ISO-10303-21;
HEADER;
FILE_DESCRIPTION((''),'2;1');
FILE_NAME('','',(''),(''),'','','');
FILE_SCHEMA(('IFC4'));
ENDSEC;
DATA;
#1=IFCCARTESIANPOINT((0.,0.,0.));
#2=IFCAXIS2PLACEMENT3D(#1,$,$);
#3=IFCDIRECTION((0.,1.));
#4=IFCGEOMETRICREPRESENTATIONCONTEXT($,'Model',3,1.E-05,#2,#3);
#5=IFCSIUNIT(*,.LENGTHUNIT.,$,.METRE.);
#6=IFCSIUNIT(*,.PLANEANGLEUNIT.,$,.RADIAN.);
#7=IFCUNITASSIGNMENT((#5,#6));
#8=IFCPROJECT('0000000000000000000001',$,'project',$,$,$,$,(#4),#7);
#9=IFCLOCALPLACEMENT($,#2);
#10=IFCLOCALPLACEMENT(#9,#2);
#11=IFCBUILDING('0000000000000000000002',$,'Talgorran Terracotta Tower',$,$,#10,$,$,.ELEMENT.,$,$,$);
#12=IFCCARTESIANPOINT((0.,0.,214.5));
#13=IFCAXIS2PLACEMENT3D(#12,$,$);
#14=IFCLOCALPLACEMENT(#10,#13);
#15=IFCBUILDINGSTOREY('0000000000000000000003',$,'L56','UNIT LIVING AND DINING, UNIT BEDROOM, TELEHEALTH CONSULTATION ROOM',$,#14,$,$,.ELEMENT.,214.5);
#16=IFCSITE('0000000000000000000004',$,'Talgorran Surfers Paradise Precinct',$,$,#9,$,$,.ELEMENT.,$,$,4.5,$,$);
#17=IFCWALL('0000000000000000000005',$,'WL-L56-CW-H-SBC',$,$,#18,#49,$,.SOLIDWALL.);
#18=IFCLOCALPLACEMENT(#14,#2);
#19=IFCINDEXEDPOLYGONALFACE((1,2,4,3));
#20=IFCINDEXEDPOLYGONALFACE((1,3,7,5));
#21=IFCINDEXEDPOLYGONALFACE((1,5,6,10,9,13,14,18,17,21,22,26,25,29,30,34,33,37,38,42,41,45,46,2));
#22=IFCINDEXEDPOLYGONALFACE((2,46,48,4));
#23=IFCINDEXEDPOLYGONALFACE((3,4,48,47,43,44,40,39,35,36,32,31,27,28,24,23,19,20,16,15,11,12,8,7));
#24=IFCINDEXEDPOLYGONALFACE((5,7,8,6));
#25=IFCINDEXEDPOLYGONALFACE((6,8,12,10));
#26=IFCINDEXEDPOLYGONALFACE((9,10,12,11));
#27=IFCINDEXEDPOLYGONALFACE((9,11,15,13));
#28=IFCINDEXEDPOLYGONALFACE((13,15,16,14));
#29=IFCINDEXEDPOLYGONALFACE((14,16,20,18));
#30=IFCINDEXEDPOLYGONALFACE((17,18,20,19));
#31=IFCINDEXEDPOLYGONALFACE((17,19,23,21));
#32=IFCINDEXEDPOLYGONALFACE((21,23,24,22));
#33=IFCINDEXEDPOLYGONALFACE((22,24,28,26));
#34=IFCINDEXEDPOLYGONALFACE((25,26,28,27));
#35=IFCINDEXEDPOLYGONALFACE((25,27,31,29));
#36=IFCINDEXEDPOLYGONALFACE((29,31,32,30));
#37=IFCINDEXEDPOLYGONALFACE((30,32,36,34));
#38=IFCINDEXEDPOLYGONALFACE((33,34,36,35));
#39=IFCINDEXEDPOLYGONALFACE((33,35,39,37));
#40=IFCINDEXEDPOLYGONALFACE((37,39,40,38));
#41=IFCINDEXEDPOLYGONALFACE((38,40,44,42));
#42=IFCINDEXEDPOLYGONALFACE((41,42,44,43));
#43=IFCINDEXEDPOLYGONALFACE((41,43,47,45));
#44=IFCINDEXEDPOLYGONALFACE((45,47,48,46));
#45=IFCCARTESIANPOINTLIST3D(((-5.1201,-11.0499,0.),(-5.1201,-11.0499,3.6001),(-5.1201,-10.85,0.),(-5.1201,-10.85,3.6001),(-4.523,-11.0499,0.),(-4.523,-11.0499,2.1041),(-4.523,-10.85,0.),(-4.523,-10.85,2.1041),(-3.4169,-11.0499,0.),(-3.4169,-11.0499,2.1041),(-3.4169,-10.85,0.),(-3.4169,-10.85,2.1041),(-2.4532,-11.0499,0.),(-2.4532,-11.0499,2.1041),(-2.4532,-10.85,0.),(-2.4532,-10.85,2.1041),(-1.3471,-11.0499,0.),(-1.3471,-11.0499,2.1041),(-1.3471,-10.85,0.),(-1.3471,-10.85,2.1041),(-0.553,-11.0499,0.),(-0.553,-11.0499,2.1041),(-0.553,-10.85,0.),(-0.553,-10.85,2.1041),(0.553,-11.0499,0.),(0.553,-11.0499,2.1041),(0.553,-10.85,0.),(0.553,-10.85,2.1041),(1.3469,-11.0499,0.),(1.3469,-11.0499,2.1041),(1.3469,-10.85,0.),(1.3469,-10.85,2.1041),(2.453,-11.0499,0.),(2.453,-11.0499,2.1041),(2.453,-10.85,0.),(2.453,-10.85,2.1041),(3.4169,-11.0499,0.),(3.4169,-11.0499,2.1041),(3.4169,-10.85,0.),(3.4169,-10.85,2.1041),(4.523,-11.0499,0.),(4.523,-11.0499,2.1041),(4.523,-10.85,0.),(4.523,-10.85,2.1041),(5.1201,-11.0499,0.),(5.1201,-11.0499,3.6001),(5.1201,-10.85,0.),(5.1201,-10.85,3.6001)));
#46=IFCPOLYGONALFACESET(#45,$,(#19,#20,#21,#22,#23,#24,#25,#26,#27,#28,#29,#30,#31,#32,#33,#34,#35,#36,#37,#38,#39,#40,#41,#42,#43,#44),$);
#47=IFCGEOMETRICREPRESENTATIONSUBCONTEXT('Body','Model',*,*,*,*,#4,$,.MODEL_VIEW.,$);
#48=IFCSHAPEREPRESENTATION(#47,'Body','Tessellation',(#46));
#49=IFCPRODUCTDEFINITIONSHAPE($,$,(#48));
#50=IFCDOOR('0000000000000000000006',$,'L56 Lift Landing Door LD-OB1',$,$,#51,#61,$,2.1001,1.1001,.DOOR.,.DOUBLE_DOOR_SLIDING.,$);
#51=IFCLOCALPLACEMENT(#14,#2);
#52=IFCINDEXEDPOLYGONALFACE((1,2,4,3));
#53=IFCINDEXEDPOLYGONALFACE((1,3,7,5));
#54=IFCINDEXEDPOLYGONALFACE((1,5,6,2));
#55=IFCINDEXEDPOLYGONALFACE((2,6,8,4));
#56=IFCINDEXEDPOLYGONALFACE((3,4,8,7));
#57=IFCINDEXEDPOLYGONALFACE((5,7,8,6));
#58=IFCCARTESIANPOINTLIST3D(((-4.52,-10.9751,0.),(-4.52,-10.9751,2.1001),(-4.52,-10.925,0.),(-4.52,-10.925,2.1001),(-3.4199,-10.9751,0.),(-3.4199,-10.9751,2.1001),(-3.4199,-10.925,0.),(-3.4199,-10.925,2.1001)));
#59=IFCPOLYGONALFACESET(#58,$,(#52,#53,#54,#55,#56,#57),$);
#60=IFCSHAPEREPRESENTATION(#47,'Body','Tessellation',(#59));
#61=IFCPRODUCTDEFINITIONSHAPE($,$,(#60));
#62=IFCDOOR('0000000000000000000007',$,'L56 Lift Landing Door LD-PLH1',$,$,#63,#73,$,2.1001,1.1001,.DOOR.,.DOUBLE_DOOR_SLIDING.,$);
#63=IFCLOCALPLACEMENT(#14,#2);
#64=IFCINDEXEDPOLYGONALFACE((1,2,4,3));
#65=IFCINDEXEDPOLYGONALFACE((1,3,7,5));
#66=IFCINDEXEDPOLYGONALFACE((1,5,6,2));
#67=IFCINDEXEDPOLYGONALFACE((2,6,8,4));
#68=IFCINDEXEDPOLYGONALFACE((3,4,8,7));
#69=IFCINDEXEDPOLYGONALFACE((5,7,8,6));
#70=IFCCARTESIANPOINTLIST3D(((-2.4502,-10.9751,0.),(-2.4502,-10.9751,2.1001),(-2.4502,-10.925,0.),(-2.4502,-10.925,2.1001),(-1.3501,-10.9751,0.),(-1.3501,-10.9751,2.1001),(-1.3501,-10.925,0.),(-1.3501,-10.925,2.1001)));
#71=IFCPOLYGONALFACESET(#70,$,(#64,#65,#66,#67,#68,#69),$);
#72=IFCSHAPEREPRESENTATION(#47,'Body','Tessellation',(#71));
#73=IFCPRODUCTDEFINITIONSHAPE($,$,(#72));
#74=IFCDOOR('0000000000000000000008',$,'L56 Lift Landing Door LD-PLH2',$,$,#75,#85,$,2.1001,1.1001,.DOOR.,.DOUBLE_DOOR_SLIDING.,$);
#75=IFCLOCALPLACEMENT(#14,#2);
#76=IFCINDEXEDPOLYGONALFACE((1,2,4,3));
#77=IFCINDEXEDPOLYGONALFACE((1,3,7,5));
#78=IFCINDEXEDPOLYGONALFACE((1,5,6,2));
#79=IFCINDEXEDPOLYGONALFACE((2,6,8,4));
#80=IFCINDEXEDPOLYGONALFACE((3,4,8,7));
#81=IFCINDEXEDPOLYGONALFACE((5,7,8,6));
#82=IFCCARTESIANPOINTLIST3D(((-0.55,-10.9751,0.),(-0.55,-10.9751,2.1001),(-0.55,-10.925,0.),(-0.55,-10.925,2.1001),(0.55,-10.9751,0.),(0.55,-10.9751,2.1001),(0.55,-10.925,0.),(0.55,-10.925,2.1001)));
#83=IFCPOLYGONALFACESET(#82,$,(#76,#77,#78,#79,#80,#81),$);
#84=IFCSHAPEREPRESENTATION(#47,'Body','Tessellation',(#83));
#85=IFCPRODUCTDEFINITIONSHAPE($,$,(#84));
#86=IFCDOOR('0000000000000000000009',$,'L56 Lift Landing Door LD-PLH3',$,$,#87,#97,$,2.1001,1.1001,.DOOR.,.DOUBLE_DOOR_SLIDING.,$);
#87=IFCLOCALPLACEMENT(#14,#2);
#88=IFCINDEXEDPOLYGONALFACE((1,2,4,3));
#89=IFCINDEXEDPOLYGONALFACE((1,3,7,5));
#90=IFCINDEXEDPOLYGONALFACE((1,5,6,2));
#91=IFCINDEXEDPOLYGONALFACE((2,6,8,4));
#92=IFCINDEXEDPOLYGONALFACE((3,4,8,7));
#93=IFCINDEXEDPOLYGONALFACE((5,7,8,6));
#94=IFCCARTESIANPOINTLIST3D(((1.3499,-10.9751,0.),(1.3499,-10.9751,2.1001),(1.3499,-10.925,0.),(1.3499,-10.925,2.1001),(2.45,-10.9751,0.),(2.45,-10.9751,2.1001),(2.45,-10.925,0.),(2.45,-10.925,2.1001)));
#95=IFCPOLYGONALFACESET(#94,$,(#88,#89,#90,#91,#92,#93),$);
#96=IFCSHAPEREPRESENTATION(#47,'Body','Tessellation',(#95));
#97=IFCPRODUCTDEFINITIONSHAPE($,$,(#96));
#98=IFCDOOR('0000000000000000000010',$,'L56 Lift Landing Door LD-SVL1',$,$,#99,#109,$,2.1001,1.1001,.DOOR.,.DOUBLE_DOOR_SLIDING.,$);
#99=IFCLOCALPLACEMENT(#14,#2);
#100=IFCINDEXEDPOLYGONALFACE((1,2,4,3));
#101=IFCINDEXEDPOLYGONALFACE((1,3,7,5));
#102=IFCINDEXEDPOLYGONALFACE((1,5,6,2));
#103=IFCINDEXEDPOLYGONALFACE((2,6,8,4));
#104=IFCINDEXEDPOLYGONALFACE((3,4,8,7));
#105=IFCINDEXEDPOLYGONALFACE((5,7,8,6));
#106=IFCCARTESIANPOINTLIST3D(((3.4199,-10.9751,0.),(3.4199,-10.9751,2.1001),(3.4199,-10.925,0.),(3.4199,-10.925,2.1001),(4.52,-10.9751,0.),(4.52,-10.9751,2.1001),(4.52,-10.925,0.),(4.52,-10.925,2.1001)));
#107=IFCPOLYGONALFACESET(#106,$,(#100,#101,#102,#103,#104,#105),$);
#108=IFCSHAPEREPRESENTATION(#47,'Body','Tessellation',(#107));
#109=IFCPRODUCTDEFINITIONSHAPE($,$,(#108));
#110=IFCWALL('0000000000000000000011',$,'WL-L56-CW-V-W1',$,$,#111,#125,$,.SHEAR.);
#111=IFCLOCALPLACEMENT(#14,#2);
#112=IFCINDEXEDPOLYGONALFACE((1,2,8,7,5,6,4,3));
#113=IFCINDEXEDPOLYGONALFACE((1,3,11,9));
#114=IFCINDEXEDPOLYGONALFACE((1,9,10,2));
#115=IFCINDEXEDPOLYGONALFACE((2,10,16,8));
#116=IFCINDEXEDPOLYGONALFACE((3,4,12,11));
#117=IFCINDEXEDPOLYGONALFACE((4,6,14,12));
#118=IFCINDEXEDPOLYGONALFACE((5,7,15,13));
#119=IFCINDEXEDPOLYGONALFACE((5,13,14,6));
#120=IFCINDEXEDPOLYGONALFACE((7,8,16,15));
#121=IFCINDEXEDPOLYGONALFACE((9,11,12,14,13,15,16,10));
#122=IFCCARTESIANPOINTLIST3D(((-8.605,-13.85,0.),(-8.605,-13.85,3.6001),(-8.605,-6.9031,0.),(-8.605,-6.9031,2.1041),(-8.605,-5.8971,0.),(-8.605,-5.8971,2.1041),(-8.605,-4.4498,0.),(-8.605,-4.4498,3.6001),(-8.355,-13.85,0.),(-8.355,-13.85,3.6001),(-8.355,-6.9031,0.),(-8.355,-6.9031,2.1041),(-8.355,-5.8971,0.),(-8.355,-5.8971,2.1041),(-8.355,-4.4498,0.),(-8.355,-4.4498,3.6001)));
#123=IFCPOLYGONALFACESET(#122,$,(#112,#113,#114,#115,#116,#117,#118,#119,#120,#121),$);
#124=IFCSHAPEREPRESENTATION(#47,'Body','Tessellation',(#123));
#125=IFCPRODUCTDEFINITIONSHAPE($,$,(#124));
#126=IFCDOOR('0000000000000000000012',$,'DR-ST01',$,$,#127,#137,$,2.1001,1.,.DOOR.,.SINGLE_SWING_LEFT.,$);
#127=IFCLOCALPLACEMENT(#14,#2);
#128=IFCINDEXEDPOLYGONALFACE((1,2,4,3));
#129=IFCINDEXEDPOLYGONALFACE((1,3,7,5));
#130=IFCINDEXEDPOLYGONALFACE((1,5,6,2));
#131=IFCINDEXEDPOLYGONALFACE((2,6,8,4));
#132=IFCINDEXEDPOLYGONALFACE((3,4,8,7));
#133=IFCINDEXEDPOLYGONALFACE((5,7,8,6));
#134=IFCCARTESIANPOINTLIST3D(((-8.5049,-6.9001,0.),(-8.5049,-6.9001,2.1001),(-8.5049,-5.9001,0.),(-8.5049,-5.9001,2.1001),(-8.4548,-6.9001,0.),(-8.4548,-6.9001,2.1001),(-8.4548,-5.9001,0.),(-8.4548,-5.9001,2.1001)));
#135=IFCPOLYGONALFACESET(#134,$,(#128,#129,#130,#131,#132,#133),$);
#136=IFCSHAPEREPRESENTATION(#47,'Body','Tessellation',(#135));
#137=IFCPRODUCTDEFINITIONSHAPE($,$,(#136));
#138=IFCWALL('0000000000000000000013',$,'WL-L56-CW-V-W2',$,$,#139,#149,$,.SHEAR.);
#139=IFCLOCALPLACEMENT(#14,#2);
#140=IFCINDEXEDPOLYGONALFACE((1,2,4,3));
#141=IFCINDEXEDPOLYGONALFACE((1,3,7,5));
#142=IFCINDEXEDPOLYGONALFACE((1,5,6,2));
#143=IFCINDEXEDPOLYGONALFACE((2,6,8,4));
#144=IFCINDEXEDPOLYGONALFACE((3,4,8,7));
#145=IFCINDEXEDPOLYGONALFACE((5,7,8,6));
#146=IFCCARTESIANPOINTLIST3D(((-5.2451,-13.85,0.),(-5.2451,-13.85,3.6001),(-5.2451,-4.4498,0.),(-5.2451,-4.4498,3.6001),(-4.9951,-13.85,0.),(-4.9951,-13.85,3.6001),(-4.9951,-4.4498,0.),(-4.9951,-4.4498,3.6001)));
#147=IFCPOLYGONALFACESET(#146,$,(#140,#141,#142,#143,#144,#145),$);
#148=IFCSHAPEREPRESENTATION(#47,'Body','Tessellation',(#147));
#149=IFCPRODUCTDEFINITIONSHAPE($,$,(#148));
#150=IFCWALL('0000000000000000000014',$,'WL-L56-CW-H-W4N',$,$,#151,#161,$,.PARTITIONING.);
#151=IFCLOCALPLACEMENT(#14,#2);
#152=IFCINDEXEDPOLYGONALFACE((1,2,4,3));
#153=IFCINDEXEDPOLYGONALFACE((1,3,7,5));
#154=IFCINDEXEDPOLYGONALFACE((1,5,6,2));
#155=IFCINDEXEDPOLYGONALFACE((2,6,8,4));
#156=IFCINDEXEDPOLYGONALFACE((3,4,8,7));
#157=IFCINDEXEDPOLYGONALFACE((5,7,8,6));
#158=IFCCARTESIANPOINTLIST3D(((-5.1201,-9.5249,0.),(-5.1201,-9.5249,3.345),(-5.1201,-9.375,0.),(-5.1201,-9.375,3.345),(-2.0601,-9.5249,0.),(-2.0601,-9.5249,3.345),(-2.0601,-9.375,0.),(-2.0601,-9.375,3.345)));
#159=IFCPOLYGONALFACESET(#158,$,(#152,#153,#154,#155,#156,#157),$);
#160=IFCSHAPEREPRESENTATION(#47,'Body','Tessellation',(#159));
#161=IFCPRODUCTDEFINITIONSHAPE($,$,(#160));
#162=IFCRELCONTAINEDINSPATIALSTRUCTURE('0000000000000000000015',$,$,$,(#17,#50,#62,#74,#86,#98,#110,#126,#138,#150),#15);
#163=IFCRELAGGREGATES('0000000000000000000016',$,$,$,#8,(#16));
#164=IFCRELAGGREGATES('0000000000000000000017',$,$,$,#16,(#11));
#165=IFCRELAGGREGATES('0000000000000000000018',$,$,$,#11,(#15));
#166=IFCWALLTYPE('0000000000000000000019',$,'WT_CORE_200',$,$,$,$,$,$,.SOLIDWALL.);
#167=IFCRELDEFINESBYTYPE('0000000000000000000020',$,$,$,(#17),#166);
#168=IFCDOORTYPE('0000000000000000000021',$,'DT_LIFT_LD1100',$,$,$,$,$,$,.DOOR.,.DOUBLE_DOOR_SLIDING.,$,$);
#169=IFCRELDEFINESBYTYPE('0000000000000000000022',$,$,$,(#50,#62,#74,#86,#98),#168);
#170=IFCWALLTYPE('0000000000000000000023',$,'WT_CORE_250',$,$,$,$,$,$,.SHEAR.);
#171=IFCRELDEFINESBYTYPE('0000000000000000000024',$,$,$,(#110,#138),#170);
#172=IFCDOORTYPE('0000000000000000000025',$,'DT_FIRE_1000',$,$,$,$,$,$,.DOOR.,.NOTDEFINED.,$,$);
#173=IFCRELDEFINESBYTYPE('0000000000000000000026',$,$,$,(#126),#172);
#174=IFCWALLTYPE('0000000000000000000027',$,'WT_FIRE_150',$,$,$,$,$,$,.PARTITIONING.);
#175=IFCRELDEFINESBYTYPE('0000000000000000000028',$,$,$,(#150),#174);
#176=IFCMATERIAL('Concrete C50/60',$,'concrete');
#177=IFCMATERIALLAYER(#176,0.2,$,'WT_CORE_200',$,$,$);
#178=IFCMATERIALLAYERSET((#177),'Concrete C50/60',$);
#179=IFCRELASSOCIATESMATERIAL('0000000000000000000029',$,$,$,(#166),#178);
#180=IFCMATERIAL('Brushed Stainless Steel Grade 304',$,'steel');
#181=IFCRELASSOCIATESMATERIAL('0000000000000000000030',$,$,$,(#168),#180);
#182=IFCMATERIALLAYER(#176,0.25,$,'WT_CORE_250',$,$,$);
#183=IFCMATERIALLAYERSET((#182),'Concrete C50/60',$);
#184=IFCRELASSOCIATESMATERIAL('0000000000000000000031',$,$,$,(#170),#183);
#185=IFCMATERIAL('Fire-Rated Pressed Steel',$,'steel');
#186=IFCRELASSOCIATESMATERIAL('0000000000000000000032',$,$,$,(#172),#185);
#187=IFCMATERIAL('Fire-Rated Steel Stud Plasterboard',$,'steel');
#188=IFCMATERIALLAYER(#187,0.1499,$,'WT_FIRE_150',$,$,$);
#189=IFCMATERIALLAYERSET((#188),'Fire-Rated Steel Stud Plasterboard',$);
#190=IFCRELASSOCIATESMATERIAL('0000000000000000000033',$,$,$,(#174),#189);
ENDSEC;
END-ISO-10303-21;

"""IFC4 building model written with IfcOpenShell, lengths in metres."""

from ifc_helpers import new_model, si_unit, direction, frame, frame_2d, origin, place, context, subcontext, project, spatial, rectangle, extrude, material, layer, layer_set, type_object, element, fill, save


model = new_model("IFC4")

# Units and contexts
model_context = context("Model", 3, precision=1e-05, world=origin(), true_north=direction((0.0, 1.0)))
body_context = subcontext(model_context, "Body", "Model", "MODEL_VIEW")
ifc_project = project(units=[si_unit("LENGTHUNIT", "METRE"), si_unit("PLANEANGLEUNIT", "RADIAN")], contexts=[model_context])

# Site, building, storey
site_placement = place(None, origin())
site = spatial("IfcSite", under=ifc_project, at=site_placement, Name="Talgorran Surfers Paradise Precinct", CompositionType="ELEMENT", RefElevation=4.5)
building_placement = place(site_placement, origin())
building = spatial("IfcBuilding", under=site, at=building_placement, Name="Talgorran Terracotta Tower", CompositionType="ELEMENT")
storey_placement = place(building_placement, frame((0.0, 0.0, 214.5)))
storey = spatial("IfcBuildingStorey", under=building, at=storey_placement, Name="L56", Description="UNIT LIVING AND DINING, UNIT BEDROOM, TELEHEALTH CONSULTATION ROOM", CompositionType="ELEMENT", Elevation=214.5)

# Shared definitions
ifc_material_1 = material(Name="Concrete C50/60", Category="concrete")

# Wall, openings, doors
ifc_layer_1 = layer(ifc_material_1, 0.2, Name="WT_CORE_200")
ifc_layer_set_1 = layer_set([ifc_layer_1], Name="Concrete C50/60")
wall_type_1 = type_object("IfcWallType", Name="WT_CORE_200", PredefinedType="SOLIDWALL", material=ifc_layer_set_1)
ifc_material_2 = material(Name="Brushed Stainless Steel Grade 304", Category="steel")
door_type_1 = type_object("IfcDoorType", Name="DT_LIFT_LD1100", OperationType="DOUBLE_DOOR_SLIDING", PredefinedType="DOOR", material=ifc_material_2)
ifc_material_3 = material(Name="Fire-Rated Pressed Steel", Category="steel")
wall_1_placement = place(storey_placement, frame((-5.1201, -10.95, 0.0), z_axis=(0.0, 0.0, 1.0), x_axis=(1.0, 0.0, 0.0)))
wall_1 = element("IfcWall", 1, at=wall_1_placement, inside=storey, type_object=wall_type_1, Name="WL-L56-CW-H-SBC", PredefinedType="SOLIDWALL", context=body_context, shape_type="SweptSolid", body=[
    extrude(rectangle(XDim=10.2402, YDim=0.2, at=frame_2d((5.1201, 0.0))), origin(), (0.0, 0.0, 1.0), 3.6001),
])
opening_1_placement = place(wall_1_placement, frame((0.6001, 0.0, 0.0)))
opening_1 = element("IfcOpeningElement", 2, at=opening_1_placement, cuts=wall_1, PredefinedType="OPENING", context=body_context, shape_type="SweptSolid", body=[
    extrude(rectangle(XDim=1.1061, YDim=2.1041, at=frame_2d((0.55, 1.052))), frame((0.0, 0.1099, 0.0), z_axis=(0.0, -1.0, 0.0), x_axis=(1.0, 0.0, 0.0)), (0.0, 0.0, 1.0), 0.22),
])
opening_2_placement = place(wall_1_placement, frame((2.6699, 0.0, 0.0)))
opening_2 = element("IfcOpeningElement", 3, at=opening_2_placement, cuts=wall_1, PredefinedType="OPENING", context=body_context, shape_type="SweptSolid", body=[
    extrude(rectangle(XDim=1.1061, YDim=2.1041, at=frame_2d((0.55, 1.052))), frame((0.0, 0.1099, 0.0), z_axis=(0.0, -1.0, 0.0), x_axis=(1.0, 0.0, 0.0)), (0.0, 0.0, 1.0), 0.22),
])
opening_3_placement = place(wall_1_placement, frame((4.5701, 0.0, 0.0)))
opening_3 = element("IfcOpeningElement", 4, at=opening_3_placement, cuts=wall_1, PredefinedType="OPENING", context=body_context, shape_type="SweptSolid", body=[
    extrude(rectangle(XDim=1.1061, YDim=2.1041, at=frame_2d((0.55, 1.052))), frame((0.0, 0.1099, 0.0), z_axis=(0.0, -1.0, 0.0), x_axis=(1.0, 0.0, 0.0)), (0.0, 0.0, 1.0), 0.22),
])
opening_4_placement = place(wall_1_placement, frame((6.47, 0.0, 0.0)))
opening_4 = element("IfcOpeningElement", 5, at=opening_4_placement, cuts=wall_1, PredefinedType="OPENING", context=body_context, shape_type="SweptSolid", body=[
    extrude(rectangle(XDim=1.1061, YDim=2.1041, at=frame_2d((0.55, 1.052))), frame((0.0, 0.1099, 0.0), z_axis=(0.0, -1.0, 0.0), x_axis=(1.0, 0.0, 0.0)), (0.0, 0.0, 1.0), 0.22),
])
opening_5_placement = place(wall_1_placement, frame((8.54, 0.0, 0.0)))
opening_5 = element("IfcOpeningElement", 6, at=opening_5_placement, cuts=wall_1, PredefinedType="OPENING", context=body_context, shape_type="SweptSolid", body=[
    extrude(rectangle(XDim=1.1061, YDim=2.1041, at=frame_2d((0.55, 1.052))), frame((0.0, 0.1099, 0.0), z_axis=(0.0, -1.0, 0.0), x_axis=(1.0, 0.0, 0.0)), (0.0, 0.0, 1.0), 0.22),
])
door_1_placement = place(opening_1_placement, origin())
door_1 = element("IfcDoor", 7, at=door_1_placement, inside=storey, type_object=door_type_1, Name="L56 Lift Landing Door LD-OB1", OperationType="DOUBLE_DOOR_SLIDING", OverallHeight=2.1001, OverallWidth=1.1001, PredefinedType="DOOR", context=body_context, shape_type="SweptSolid", body=[
    extrude(rectangle(XDim=1.1001, YDim=2.1001, at=frame_2d((0.55, 1.05))), frame((0.0, 0.0249, 0.0), z_axis=(0.0, -1.0, 0.0), x_axis=(1.0, 0.0, 0.0)), (0.0, 0.0, 1.0), 0.05),
])
fill(opening_1, door_1)
door_2_placement = place(opening_2_placement, origin())
door_2 = element("IfcDoor", 8, at=door_2_placement, inside=storey, type_object=door_type_1, Name="L56 Lift Landing Door LD-PLH1", OperationType="DOUBLE_DOOR_SLIDING", OverallHeight=2.1001, OverallWidth=1.1001, PredefinedType="DOOR", context=body_context, shape_type="SweptSolid", body=[
    extrude(rectangle(XDim=1.1001, YDim=2.1001, at=frame_2d((0.55, 1.05))), frame((0.0, 0.0249, 0.0), z_axis=(0.0, -1.0, 0.0), x_axis=(1.0, 0.0, 0.0)), (0.0, 0.0, 1.0), 0.05),
])
fill(opening_2, door_2)
door_3_placement = place(opening_3_placement, origin())
door_3 = element("IfcDoor", 9, at=door_3_placement, inside=storey, type_object=door_type_1, Name="L56 Lift Landing Door LD-PLH2", OperationType="DOUBLE_DOOR_SLIDING", OverallHeight=2.1001, OverallWidth=1.1001, PredefinedType="DOOR", context=body_context, shape_type="SweptSolid", body=[
    extrude(rectangle(XDim=1.1001, YDim=2.1001, at=frame_2d((0.55, 1.05))), frame((0.0, 0.0249, 0.0), z_axis=(0.0, -1.0, 0.0), x_axis=(1.0, 0.0, 0.0)), (0.0, 0.0, 1.0), 0.05),
])
fill(opening_3, door_3)
door_4_placement = place(opening_4_placement, origin())
door_4 = element("IfcDoor", 10, at=door_4_placement, inside=storey, type_object=door_type_1, Name="L56 Lift Landing Door LD-PLH3", OperationType="DOUBLE_DOOR_SLIDING", OverallHeight=2.1001, OverallWidth=1.1001, PredefinedType="DOOR", context=body_context, shape_type="SweptSolid", body=[
    extrude(rectangle(XDim=1.1001, YDim=2.1001, at=frame_2d((0.55, 1.05))), frame((0.0, 0.0249, 0.0), z_axis=(0.0, -1.0, 0.0), x_axis=(1.0, 0.0, 0.0)), (0.0, 0.0, 1.0), 0.05),
])
fill(opening_4, door_4)
door_5_placement = place(opening_5_placement, origin())
door_5 = element("IfcDoor", 11, at=door_5_placement, inside=storey, type_object=door_type_1, Name="L56 Lift Landing Door LD-SVL1", OperationType="DOUBLE_DOOR_SLIDING", OverallHeight=2.1001, OverallWidth=1.1001, PredefinedType="DOOR", context=body_context, shape_type="SweptSolid", body=[
    extrude(rectangle(XDim=1.1001, YDim=2.1001, at=frame_2d((0.55, 1.05))), frame((0.0, 0.0249, 0.0), z_axis=(0.0, -1.0, 0.0), x_axis=(1.0, 0.0, 0.0)), (0.0, 0.0, 1.0), 0.05),
])
fill(opening_5, door_5)

# Wall, opening, door
ifc_layer_2 = layer(ifc_material_1, 0.25, Name="WT_CORE_250")
ifc_layer_set_2 = layer_set([ifc_layer_2], Name="Concrete C50/60")
wall_type_2 = type_object("IfcWallType", Name="WT_CORE_250", PredefinedType="SHEAR", material=ifc_layer_set_2)
wall_2_placement = place(storey_placement, frame((-8.48, -13.8501, 0.0), z_axis=(0.0, 0.0, 1.0), x_axis=(0.0, 1.0, 0.0)))
wall_2 = element("IfcWall", 12, at=wall_2_placement, inside=storey, type_object=wall_type_2, Name="WL-L56-CW-V-W1", PredefinedType="SHEAR", context=body_context, shape_type="SweptSolid", body=[
    extrude(rectangle(XDim=9.4001, YDim=0.25, at=frame_2d((4.7002, 0.0))), origin(), (0.0, 0.0, 1.0), 3.6001),
])
opening_6_placement = place(wall_2_placement, frame((6.95, 0.0, 0.0)))
opening_6 = element("IfcOpeningElement", 13, at=opening_6_placement, cuts=wall_2, PredefinedType="OPENING", context=body_context, shape_type="SweptSolid", body=[
    extrude(rectangle(XDim=1.006, YDim=2.1041, at=frame_2d((0.5, 1.052))), frame((0.0, 0.135, 0.0), z_axis=(0.0, -1.0, 0.0), x_axis=(1.0, 0.0, 0.0)), (0.0, 0.0, 1.0), 0.27),
])
door_type_2 = type_object("IfcDoorType", Name="DT_FIRE_1000", OperationType="NOTDEFINED", PredefinedType="DOOR", material=ifc_material_3)
door_6_placement = place(opening_6_placement, origin())
door_6 = element("IfcDoor", 14, at=door_6_placement, inside=storey, type_object=door_type_2, Name="DR-ST01", OperationType="SINGLE_SWING_LEFT", OverallHeight=2.1001, OverallWidth=1.0, PredefinedType="DOOR", context=body_context, shape_type="SweptSolid", body=[
    extrude(rectangle(XDim=1.0, YDim=2.1001, at=frame_2d((0.5, 1.05))), frame((0.0, 0.0249, 0.0), z_axis=(0.0, -1.0, 0.0), x_axis=(1.0, 0.0, 0.0)), (0.0, 0.0, 1.0), 0.05),
])
fill(opening_6, door_6)

# Walls
wall_3_placement = place(storey_placement, frame((-5.1201, -13.8501, 0.0), z_axis=(0.0, 0.0, 1.0), x_axis=(0.0, 1.0, 0.0)))
element("IfcWall", 15, at=wall_3_placement, inside=storey, type_object=wall_type_2, Name="WL-L56-CW-V-W2", PredefinedType="SHEAR", context=body_context, shape_type="SweptSolid", body=[
    extrude(rectangle(XDim=9.4001, YDim=0.25, at=frame_2d((4.7002, 0.0))), origin(), (0.0, 0.0, 1.0), 3.6001),
])
ifc_material_4 = material(Name="Fire-Rated Steel Stud Plasterboard", Category="steel")
ifc_layer_3 = layer(ifc_material_4, 0.1499, Name="WT_FIRE_150")
ifc_layer_set_3 = layer_set([ifc_layer_3], Name="Fire-Rated Steel Stud Plasterboard")
wall_type_3 = type_object("IfcWallType", Name="WT_FIRE_150", PredefinedType="PARTITIONING", material=ifc_layer_set_3)
wall_4_placement = place(storey_placement, frame((-5.1201, -9.45, 0.0), z_axis=(0.0, 0.0, 1.0), x_axis=(1.0, 0.0, 0.0)))
element("IfcWall", 16, at=wall_4_placement, inside=storey, type_object=wall_type_3, Name="WL-L56-CW-H-W4N", PredefinedType="PARTITIONING", context=body_context, shape_type="SweptSolid", body=[
    extrude(rectangle(XDim=3.0601, YDim=0.1499, at=frame_2d((1.53, 0.0))), origin(), (0.0, 0.0, 1.0), 3.345),
])

save(model, "model.ifc")
